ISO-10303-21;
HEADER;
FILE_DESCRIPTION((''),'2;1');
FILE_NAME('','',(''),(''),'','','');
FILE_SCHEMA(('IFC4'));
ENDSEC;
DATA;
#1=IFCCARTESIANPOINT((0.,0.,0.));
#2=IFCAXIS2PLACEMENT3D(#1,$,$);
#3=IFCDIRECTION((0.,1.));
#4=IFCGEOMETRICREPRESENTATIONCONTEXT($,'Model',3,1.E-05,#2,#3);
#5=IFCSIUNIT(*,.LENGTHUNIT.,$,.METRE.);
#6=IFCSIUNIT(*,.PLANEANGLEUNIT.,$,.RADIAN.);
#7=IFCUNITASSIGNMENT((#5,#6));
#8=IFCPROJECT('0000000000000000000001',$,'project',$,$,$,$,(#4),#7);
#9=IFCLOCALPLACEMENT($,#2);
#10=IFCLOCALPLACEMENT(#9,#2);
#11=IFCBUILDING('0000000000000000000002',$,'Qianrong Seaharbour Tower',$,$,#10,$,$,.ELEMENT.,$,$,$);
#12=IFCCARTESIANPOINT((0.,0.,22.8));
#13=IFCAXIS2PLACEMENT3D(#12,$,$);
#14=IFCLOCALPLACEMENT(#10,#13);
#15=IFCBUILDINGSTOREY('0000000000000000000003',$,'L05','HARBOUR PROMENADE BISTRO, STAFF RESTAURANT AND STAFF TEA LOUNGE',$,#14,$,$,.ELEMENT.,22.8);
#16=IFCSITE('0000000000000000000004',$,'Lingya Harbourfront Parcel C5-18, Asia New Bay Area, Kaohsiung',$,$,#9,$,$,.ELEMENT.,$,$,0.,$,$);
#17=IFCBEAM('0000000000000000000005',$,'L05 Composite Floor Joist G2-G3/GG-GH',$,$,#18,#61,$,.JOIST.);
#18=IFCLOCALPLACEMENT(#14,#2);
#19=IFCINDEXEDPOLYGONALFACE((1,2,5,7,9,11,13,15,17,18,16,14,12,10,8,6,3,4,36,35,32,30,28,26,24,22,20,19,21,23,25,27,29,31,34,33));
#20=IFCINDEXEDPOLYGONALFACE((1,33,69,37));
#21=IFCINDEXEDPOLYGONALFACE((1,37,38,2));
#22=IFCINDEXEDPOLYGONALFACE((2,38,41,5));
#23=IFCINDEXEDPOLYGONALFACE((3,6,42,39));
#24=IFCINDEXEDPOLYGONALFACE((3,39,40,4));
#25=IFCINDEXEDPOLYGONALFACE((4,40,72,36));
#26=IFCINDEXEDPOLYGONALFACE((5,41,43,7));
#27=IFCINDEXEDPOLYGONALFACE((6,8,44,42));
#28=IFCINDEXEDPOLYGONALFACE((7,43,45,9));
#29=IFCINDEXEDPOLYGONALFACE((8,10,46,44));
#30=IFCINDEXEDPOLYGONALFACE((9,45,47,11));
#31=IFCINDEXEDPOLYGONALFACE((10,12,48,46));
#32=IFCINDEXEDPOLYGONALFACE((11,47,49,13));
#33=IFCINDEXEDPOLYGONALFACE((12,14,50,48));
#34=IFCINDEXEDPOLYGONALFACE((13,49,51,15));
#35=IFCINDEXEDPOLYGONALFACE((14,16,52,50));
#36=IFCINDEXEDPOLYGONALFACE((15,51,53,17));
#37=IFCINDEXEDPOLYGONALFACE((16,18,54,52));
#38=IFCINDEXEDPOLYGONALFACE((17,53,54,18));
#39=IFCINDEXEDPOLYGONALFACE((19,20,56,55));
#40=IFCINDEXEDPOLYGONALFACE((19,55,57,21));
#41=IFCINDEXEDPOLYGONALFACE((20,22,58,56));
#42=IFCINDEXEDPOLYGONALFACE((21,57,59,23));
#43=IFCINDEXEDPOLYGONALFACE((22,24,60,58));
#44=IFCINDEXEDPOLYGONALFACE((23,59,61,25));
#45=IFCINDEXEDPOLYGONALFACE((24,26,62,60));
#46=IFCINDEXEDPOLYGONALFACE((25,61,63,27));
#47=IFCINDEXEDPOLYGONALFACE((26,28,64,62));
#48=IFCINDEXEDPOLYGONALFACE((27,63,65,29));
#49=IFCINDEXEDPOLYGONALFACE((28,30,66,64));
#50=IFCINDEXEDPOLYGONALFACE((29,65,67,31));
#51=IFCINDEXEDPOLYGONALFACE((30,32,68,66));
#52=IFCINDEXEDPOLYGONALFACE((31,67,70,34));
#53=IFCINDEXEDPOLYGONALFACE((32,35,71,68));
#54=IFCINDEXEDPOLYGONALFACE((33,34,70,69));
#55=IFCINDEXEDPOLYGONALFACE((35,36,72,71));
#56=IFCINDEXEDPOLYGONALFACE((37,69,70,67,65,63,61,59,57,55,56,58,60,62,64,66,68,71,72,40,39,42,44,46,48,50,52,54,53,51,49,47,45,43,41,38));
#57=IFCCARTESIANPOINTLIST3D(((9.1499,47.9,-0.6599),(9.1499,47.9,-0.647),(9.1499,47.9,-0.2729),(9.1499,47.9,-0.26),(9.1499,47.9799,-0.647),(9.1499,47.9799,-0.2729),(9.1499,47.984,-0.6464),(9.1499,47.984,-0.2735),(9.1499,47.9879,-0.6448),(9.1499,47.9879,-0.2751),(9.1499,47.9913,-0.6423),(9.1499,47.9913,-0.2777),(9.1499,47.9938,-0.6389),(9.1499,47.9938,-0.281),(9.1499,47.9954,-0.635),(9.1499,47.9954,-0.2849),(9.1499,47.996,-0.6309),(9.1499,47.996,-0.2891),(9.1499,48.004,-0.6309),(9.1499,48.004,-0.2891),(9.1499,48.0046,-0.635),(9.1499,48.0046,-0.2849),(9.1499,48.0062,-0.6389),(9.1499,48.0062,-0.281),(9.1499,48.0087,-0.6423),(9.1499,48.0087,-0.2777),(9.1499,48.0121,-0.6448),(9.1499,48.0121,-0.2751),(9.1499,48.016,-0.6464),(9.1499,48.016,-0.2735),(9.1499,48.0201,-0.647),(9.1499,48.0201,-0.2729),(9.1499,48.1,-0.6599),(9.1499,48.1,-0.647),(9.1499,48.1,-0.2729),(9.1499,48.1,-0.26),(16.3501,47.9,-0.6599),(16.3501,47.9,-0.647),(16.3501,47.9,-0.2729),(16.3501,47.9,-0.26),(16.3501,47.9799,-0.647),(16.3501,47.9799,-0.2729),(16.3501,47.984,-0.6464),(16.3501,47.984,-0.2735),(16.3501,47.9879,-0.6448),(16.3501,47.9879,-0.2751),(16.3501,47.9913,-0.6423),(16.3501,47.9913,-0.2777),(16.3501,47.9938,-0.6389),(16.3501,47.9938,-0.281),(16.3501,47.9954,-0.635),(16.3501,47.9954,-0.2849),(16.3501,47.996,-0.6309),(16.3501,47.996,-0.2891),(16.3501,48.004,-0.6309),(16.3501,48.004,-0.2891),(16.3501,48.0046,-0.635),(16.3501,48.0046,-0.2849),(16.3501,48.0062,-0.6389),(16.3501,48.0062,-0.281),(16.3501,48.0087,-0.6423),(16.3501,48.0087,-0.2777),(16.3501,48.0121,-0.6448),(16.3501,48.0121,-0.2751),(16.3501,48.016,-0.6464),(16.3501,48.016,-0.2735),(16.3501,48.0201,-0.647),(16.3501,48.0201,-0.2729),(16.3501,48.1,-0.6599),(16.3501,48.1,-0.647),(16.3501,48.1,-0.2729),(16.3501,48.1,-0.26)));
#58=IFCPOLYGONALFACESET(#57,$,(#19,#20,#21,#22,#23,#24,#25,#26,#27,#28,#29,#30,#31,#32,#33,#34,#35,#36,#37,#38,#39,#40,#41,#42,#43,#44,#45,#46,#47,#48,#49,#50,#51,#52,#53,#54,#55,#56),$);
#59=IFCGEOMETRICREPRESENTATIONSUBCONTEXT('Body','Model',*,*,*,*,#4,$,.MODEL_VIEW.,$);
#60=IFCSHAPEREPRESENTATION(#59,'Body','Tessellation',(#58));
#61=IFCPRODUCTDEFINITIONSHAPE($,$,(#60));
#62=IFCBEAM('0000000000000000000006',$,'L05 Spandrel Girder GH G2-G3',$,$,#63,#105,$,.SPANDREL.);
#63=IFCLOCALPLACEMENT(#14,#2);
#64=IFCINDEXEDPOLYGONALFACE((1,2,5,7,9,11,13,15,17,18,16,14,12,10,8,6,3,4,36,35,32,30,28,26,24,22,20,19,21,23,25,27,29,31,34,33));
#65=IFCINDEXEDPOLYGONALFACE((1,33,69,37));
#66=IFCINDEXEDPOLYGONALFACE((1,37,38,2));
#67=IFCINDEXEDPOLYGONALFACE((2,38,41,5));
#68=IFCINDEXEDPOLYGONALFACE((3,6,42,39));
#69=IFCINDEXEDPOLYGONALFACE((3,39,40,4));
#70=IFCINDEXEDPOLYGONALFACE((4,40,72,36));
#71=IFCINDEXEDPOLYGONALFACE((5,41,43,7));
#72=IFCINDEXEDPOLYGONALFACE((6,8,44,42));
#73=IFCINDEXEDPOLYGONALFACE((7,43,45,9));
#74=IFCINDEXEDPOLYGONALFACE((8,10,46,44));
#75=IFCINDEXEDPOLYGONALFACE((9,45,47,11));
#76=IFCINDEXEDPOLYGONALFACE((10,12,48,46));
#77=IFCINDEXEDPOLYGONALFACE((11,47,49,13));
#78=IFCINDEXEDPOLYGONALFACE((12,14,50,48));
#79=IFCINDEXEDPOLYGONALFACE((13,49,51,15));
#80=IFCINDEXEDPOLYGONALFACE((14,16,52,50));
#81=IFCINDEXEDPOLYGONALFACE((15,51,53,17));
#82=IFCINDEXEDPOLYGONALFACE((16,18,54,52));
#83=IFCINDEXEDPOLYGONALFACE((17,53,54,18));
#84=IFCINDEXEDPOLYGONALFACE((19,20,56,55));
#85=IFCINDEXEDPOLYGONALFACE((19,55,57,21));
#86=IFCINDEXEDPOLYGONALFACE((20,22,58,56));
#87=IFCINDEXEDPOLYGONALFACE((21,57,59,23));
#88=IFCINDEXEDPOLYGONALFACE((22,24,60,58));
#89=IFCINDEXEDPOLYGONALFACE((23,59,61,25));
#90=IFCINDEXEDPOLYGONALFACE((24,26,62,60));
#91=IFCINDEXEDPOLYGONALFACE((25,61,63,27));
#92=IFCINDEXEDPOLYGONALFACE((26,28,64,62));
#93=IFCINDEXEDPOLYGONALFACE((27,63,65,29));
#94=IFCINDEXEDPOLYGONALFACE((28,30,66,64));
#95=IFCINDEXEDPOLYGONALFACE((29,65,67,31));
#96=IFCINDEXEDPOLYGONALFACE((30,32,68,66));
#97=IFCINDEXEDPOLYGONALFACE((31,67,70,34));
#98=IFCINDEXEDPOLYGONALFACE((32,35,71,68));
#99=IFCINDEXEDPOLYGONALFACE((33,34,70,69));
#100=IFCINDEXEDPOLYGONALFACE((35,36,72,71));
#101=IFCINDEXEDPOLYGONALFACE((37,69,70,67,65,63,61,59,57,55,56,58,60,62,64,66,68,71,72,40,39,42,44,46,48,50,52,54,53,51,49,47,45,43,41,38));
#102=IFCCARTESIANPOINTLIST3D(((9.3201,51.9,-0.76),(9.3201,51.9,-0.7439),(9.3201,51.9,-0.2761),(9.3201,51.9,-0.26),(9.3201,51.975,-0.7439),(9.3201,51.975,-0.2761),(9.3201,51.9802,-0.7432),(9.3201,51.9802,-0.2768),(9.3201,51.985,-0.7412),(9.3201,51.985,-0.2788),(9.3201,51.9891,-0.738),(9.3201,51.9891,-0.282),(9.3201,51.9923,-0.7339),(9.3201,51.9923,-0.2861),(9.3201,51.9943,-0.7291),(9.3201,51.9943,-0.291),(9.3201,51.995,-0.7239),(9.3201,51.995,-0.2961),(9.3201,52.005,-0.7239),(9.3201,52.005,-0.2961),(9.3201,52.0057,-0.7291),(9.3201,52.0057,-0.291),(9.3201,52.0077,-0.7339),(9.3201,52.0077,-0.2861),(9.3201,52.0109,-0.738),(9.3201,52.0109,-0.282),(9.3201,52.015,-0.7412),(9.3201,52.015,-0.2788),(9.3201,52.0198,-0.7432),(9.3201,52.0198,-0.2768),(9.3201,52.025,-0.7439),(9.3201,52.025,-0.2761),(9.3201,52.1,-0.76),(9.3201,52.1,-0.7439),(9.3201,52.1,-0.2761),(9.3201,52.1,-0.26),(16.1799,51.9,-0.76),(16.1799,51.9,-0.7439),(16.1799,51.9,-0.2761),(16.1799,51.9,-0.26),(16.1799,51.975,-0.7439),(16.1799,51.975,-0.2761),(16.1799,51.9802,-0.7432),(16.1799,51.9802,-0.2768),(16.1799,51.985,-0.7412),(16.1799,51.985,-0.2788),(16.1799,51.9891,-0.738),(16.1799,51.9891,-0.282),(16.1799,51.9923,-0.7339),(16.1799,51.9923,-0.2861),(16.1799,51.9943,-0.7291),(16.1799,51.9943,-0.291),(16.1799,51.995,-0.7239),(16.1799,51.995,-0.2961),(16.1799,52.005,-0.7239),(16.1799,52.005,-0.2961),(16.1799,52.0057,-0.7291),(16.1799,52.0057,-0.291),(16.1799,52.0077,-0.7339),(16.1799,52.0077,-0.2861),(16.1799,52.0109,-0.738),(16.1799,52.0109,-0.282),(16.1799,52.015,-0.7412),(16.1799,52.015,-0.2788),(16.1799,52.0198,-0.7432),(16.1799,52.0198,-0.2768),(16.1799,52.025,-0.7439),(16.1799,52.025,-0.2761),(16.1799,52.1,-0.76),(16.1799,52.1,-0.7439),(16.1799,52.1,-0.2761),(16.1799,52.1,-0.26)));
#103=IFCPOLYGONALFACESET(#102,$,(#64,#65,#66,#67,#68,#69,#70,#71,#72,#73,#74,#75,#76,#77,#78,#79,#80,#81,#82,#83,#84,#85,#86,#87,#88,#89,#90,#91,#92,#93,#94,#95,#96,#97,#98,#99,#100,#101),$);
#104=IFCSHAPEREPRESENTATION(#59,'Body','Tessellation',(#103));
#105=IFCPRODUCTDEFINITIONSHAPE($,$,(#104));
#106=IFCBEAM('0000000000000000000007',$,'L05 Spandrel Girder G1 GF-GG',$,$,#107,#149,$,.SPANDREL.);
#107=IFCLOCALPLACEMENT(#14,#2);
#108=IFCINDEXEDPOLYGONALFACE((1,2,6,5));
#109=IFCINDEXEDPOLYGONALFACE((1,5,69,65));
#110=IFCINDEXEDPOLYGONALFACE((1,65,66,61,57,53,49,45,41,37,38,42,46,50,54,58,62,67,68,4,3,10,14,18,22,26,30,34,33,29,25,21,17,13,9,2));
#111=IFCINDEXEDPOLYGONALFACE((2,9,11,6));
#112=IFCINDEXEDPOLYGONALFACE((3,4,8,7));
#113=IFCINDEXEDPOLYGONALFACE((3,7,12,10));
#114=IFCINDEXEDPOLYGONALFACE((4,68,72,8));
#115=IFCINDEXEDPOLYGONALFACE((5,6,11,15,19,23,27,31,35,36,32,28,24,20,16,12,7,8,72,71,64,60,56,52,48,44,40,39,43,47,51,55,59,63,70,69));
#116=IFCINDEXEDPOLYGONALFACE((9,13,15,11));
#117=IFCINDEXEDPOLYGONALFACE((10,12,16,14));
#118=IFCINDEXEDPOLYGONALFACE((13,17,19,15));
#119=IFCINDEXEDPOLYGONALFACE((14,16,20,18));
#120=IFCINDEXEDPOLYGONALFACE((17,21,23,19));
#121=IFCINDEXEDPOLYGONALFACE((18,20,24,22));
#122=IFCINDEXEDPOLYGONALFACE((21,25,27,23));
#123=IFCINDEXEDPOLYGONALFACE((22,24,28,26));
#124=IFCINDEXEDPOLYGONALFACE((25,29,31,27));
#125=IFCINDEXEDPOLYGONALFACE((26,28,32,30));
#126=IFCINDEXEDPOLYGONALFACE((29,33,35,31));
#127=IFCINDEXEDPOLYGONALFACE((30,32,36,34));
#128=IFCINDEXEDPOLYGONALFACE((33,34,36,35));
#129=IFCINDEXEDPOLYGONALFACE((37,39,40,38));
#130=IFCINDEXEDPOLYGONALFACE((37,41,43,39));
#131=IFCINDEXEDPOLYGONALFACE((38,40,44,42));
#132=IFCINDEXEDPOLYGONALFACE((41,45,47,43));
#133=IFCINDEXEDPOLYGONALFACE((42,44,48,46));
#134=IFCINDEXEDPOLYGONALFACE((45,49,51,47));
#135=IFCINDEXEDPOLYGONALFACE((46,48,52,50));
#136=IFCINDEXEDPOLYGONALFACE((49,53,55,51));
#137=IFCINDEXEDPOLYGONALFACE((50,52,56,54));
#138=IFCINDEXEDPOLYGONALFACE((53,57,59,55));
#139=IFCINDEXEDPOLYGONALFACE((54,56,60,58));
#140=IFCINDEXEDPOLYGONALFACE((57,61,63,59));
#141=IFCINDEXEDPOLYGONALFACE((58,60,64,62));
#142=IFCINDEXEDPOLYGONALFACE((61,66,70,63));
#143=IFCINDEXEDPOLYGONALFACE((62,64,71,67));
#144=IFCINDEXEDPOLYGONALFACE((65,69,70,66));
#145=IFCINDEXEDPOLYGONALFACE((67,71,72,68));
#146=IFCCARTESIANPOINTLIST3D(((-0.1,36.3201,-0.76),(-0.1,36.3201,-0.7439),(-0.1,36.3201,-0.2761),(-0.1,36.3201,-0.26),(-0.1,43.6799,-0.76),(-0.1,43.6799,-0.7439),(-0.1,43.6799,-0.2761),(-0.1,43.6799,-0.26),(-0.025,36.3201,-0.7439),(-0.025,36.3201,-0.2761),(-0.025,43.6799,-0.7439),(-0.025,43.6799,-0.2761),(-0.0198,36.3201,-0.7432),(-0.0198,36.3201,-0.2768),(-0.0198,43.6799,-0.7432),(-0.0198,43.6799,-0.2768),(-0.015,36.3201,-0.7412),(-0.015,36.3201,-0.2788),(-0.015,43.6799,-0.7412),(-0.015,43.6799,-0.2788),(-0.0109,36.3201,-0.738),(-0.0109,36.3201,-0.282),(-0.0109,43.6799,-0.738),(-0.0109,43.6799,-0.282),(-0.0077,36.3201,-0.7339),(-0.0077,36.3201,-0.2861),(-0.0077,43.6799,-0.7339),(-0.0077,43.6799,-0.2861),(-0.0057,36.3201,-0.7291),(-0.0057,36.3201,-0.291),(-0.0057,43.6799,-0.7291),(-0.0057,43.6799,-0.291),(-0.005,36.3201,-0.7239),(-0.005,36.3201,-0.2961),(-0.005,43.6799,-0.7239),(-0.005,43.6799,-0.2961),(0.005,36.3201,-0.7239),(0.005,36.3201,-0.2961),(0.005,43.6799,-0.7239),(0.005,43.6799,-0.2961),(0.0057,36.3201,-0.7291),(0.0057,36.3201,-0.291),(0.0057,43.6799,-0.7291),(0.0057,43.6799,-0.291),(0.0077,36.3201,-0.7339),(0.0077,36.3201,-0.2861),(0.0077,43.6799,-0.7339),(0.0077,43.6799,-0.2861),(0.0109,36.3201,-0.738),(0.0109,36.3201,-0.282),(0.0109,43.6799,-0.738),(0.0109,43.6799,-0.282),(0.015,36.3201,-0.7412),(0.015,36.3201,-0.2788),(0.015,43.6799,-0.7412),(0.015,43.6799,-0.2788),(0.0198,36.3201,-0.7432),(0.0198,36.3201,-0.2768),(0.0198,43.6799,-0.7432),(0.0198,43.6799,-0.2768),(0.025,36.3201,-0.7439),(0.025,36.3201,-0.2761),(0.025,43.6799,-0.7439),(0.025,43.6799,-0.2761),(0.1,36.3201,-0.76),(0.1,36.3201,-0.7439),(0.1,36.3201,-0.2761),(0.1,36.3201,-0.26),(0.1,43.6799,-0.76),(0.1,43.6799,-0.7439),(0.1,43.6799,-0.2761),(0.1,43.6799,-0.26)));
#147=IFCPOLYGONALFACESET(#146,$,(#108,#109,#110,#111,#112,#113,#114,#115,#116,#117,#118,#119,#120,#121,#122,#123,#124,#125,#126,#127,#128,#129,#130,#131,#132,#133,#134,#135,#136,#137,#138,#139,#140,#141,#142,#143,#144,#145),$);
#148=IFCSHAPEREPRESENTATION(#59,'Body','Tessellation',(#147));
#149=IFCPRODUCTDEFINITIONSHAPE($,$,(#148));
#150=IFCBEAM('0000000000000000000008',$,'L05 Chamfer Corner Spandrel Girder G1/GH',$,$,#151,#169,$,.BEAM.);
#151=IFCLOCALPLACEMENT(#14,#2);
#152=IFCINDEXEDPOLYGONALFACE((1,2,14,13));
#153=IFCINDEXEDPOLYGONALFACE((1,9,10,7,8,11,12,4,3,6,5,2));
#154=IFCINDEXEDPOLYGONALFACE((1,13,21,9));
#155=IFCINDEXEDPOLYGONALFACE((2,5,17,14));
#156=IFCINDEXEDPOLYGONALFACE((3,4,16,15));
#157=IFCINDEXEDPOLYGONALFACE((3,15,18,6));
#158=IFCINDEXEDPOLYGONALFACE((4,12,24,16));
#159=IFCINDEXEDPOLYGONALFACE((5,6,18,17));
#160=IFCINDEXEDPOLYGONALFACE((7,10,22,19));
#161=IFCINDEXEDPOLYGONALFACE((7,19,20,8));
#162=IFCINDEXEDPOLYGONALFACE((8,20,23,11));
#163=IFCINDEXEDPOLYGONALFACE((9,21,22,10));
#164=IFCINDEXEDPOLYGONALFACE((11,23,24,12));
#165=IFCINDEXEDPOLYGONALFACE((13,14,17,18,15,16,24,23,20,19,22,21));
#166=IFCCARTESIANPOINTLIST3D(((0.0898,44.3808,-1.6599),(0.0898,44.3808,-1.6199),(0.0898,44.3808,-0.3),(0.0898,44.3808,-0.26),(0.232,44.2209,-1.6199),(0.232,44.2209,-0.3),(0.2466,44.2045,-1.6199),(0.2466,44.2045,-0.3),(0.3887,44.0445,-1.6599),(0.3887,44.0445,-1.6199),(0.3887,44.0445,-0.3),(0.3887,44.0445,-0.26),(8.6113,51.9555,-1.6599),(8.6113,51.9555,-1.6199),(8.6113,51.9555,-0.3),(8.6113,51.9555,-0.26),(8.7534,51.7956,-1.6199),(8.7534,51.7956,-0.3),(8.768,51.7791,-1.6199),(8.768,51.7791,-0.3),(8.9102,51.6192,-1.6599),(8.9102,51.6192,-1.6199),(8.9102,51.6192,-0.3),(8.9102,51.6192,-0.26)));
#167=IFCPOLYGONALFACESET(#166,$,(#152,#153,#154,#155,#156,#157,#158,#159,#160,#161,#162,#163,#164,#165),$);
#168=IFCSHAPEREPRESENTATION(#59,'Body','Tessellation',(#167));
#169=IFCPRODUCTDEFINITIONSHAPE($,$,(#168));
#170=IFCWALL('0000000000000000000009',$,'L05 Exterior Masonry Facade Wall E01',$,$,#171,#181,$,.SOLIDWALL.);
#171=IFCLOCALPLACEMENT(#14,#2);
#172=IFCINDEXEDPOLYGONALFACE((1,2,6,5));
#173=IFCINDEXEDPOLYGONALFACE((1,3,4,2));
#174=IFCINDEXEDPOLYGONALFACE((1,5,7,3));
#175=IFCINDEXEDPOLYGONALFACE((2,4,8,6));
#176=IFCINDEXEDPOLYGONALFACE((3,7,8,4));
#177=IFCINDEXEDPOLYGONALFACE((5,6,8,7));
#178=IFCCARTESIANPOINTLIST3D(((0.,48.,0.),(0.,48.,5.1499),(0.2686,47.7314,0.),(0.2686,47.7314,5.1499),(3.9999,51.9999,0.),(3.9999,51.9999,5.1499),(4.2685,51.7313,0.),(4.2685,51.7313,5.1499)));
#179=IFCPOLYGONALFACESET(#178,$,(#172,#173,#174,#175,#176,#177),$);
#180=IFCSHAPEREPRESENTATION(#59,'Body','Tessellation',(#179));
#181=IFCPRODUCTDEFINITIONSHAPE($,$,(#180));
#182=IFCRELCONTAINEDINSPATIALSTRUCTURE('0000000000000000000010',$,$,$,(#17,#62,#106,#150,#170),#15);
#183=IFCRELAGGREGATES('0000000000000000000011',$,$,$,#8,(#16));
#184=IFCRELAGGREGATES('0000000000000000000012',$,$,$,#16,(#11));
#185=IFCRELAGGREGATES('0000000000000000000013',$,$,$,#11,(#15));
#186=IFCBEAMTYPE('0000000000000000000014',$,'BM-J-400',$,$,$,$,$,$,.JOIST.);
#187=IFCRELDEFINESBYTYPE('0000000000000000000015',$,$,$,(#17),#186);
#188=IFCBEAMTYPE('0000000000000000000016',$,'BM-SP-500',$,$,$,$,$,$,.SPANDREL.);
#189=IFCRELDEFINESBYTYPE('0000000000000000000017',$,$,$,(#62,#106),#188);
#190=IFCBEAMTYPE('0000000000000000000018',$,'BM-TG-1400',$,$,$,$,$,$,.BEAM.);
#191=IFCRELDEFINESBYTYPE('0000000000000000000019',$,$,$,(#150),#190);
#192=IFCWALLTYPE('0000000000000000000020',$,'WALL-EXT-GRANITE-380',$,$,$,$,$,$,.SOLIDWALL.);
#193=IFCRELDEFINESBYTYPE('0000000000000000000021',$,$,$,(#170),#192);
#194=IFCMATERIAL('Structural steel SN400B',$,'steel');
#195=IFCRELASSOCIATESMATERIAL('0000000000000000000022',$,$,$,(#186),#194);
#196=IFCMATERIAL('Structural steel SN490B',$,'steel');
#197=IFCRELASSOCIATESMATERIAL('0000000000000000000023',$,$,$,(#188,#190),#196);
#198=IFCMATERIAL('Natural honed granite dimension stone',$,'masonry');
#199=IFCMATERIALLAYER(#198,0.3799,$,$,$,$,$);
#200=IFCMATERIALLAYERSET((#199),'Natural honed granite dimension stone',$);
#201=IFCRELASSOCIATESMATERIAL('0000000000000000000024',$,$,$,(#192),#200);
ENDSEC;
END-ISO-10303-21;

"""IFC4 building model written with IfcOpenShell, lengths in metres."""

from ifc_helpers import new_model, si_unit, direction, frame, frame_2d, origin, origin_2d, place, context, subcontext, project, spatial, rectangle, i_section, extrude, material, layer, layer_set, material_profile, profile_set, type_object, element, save


model = new_model("IFC4")

# Units and contexts
model_context = context("Model", 3, precision=1e-05, world=origin(), true_north=direction((0.0, 1.0)))
body_context = subcontext(model_context, "Body", "Model", "MODEL_VIEW")
ifc_project = project(units=[si_unit("LENGTHUNIT", "METRE"), si_unit("PLANEANGLEUNIT", "RADIAN")], contexts=[model_context])

# Site, building, storey
site_placement = place(None, origin())
site = spatial("IfcSite", under=ifc_project, at=site_placement, Name="Lingya Harbourfront Parcel C5-18, Asia New Bay Area, Kaohsiung", CompositionType="ELEMENT", RefElevation=0.0)
building_placement = place(site_placement, origin())
building = spatial("IfcBuilding", under=site, at=building_placement, Name="Qianrong Seaharbour Tower", CompositionType="ELEMENT")
storey_placement = place(building_placement, frame((0.0, 0.0, 22.8)))
storey = spatial("IfcBuildingStorey", under=building, at=storey_placement, Name="L05", Description="HARBOUR PROMENADE BISTRO, STAFF RESTAURANT AND STAFF TEA LOUNGE", CompositionType="ELEMENT", Elevation=22.8)

# Shared definitions
ifc_material_1 = material(Name="Structural steel SN490B", Category="steel")

# Beams
ifc_material_2 = material(Name="Structural steel SN400B", Category="steel")
ifc_material_profile_1 = material_profile(ifc_material_2, i_section(OverallWidth=0.2, OverallDepth=0.3999, WebThickness=0.0081, FlangeThickness=0.0129, FilletRadius=0.0161, at=origin_2d()), Name="H400x200x8x13")
ifc_profile_set_1 = profile_set([ifc_material_profile_1], Name="Structural steel SN400B")
beam_type_1 = type_object("IfcBeamType", Name="BM-J-400", PredefinedType="JOIST", material=ifc_profile_set_1)
for number, where, z_axis, x_axis, name in (
    (1, (9.1499, 48.0, -0.46), (1.0, 0.0, 0.0), (0.0, 1.0, 0.0), "L05 Composite Floor Joist G2-G3/GG-GH"),
):
    element("IfcBeam", number, at=place(storey_placement, frame(where, z_axis=z_axis, x_axis=x_axis)), inside=storey, type_object=beam_type_1, Name=name, PredefinedType="JOIST", context=body_context, shape_type="SweptSolid", body=[
        extrude(i_section(OverallWidth=0.2, OverallDepth=0.3999, WebThickness=0.0081, FlangeThickness=0.0129, FilletRadius=0.0161, at=origin_2d()), origin(), (0.0, 0.0, 1.0), 7.2002),
    ])
ifc_material_profile_2 = material_profile(ifc_material_1, i_section(OverallWidth=0.2, OverallDepth=0.5, WebThickness=0.01, FlangeThickness=0.0161, FilletRadius=0.02, at=origin_2d()), Name="H500x200x10x16")
ifc_profile_set_2 = profile_set([ifc_material_profile_2], Name="Structural steel SN490B")
beam_type_2 = type_object("IfcBeamType", Name="BM-SP-500", PredefinedType="SPANDREL", material=ifc_profile_set_2)
beam_1_placement = place(storey_placement, frame((9.3201, 52.0, -0.51), z_axis=(1.0, 0.0, 0.0), x_axis=(0.0, 1.0, 0.0)))
element("IfcBeam", 2, at=beam_1_placement, inside=storey, type_object=beam_type_2, Name="L05 Spandrel Girder GH G2-G3", PredefinedType="SPANDREL", context=body_context, shape_type="SweptSolid", body=[
    extrude(i_section(OverallWidth=0.2, OverallDepth=0.5, WebThickness=0.01, FlangeThickness=0.0161, FilletRadius=0.02, at=origin_2d()), origin(), (0.0, 0.0, 1.0), 6.8599),
])
beam_2_placement = place(storey_placement, frame((0.0, 36.3201, -0.51), z_axis=(0.0, 1.0, 0.0), x_axis=(-1.0, 0.0, 0.0)))
element("IfcBeam", 3, at=beam_2_placement, inside=storey, type_object=beam_type_2, Name="L05 Spandrel Girder G1 GF-GG", PredefinedType="SPANDREL", context=body_context, shape_type="SweptSolid", body=[
    extrude(i_section(OverallWidth=0.2, OverallDepth=0.5, WebThickness=0.01, FlangeThickness=0.0161, FilletRadius=0.02, at=origin_2d()), origin(), (0.0, 0.0, 1.0), 7.3599),
])
ifc_material_profile_3 = material_profile(ifc_material_1, i_section(OverallWidth=0.45, OverallDepth=1.3999, WebThickness=0.022, FlangeThickness=0.04, at=origin_2d()), Name="BH1400x450x22x40")
ifc_profile_set_3 = profile_set([ifc_material_profile_3], Name="Structural steel SN490B")
beam_type_3 = type_object("IfcBeamType", Name="BM-TG-1400", PredefinedType="BEAM", material=ifc_profile_set_3)
beam_3_placement = place(storey_placement, frame((8.7607, 51.7874, -0.96), z_axis=(-0.747407, -0.664366, 0.0), x_axis=(0.664366, -0.747407, 0.0)))
element("IfcBeam", 4, at=beam_3_placement, inside=storey, type_object=beam_type_3, Name="L05 Chamfer Corner Spandrel Girder G1/GH", PredefinedType="BEAM", context=body_context, shape_type="SweptSolid", body=[
    extrude(i_section(OverallWidth=0.45, OverallDepth=1.3999, WebThickness=0.022, FlangeThickness=0.04, at=origin_2d()), origin(), (0.0, 0.0, 1.0), 11.4014),
])

# Wall
ifc_material_3 = material(Name="Natural honed granite dimension stone", Category="masonry")
ifc_layer = layer(ifc_material_3, 0.3799)
ifc_layer_set = layer_set([ifc_layer], Name="Natural honed granite dimension stone")
wall_type = type_object("IfcWallType", Name="WALL-EXT-GRANITE-380", PredefinedType="SOLIDWALL", material=ifc_layer_set)
wall_1_placement = place(storey_placement, frame((0.1343, 47.8657, 0.0), z_axis=(0.0, 0.0, 1.0), x_axis=(0.707107, 0.707107, 0.0)))
element("IfcWall", 5, at=wall_1_placement, inside=storey, type_object=wall_type, Name="L05 Exterior Masonry Facade Wall E01", PredefinedType="SOLIDWALL", context=body_context, shape_type="SweptSolid", body=[
    extrude(rectangle(XDim=5.6567, YDim=0.3799, at=frame_2d((2.8284, 0.0))), origin(), (0.0, 0.0, 1.0), 5.1499),
])

save(model, "model.ifc")
